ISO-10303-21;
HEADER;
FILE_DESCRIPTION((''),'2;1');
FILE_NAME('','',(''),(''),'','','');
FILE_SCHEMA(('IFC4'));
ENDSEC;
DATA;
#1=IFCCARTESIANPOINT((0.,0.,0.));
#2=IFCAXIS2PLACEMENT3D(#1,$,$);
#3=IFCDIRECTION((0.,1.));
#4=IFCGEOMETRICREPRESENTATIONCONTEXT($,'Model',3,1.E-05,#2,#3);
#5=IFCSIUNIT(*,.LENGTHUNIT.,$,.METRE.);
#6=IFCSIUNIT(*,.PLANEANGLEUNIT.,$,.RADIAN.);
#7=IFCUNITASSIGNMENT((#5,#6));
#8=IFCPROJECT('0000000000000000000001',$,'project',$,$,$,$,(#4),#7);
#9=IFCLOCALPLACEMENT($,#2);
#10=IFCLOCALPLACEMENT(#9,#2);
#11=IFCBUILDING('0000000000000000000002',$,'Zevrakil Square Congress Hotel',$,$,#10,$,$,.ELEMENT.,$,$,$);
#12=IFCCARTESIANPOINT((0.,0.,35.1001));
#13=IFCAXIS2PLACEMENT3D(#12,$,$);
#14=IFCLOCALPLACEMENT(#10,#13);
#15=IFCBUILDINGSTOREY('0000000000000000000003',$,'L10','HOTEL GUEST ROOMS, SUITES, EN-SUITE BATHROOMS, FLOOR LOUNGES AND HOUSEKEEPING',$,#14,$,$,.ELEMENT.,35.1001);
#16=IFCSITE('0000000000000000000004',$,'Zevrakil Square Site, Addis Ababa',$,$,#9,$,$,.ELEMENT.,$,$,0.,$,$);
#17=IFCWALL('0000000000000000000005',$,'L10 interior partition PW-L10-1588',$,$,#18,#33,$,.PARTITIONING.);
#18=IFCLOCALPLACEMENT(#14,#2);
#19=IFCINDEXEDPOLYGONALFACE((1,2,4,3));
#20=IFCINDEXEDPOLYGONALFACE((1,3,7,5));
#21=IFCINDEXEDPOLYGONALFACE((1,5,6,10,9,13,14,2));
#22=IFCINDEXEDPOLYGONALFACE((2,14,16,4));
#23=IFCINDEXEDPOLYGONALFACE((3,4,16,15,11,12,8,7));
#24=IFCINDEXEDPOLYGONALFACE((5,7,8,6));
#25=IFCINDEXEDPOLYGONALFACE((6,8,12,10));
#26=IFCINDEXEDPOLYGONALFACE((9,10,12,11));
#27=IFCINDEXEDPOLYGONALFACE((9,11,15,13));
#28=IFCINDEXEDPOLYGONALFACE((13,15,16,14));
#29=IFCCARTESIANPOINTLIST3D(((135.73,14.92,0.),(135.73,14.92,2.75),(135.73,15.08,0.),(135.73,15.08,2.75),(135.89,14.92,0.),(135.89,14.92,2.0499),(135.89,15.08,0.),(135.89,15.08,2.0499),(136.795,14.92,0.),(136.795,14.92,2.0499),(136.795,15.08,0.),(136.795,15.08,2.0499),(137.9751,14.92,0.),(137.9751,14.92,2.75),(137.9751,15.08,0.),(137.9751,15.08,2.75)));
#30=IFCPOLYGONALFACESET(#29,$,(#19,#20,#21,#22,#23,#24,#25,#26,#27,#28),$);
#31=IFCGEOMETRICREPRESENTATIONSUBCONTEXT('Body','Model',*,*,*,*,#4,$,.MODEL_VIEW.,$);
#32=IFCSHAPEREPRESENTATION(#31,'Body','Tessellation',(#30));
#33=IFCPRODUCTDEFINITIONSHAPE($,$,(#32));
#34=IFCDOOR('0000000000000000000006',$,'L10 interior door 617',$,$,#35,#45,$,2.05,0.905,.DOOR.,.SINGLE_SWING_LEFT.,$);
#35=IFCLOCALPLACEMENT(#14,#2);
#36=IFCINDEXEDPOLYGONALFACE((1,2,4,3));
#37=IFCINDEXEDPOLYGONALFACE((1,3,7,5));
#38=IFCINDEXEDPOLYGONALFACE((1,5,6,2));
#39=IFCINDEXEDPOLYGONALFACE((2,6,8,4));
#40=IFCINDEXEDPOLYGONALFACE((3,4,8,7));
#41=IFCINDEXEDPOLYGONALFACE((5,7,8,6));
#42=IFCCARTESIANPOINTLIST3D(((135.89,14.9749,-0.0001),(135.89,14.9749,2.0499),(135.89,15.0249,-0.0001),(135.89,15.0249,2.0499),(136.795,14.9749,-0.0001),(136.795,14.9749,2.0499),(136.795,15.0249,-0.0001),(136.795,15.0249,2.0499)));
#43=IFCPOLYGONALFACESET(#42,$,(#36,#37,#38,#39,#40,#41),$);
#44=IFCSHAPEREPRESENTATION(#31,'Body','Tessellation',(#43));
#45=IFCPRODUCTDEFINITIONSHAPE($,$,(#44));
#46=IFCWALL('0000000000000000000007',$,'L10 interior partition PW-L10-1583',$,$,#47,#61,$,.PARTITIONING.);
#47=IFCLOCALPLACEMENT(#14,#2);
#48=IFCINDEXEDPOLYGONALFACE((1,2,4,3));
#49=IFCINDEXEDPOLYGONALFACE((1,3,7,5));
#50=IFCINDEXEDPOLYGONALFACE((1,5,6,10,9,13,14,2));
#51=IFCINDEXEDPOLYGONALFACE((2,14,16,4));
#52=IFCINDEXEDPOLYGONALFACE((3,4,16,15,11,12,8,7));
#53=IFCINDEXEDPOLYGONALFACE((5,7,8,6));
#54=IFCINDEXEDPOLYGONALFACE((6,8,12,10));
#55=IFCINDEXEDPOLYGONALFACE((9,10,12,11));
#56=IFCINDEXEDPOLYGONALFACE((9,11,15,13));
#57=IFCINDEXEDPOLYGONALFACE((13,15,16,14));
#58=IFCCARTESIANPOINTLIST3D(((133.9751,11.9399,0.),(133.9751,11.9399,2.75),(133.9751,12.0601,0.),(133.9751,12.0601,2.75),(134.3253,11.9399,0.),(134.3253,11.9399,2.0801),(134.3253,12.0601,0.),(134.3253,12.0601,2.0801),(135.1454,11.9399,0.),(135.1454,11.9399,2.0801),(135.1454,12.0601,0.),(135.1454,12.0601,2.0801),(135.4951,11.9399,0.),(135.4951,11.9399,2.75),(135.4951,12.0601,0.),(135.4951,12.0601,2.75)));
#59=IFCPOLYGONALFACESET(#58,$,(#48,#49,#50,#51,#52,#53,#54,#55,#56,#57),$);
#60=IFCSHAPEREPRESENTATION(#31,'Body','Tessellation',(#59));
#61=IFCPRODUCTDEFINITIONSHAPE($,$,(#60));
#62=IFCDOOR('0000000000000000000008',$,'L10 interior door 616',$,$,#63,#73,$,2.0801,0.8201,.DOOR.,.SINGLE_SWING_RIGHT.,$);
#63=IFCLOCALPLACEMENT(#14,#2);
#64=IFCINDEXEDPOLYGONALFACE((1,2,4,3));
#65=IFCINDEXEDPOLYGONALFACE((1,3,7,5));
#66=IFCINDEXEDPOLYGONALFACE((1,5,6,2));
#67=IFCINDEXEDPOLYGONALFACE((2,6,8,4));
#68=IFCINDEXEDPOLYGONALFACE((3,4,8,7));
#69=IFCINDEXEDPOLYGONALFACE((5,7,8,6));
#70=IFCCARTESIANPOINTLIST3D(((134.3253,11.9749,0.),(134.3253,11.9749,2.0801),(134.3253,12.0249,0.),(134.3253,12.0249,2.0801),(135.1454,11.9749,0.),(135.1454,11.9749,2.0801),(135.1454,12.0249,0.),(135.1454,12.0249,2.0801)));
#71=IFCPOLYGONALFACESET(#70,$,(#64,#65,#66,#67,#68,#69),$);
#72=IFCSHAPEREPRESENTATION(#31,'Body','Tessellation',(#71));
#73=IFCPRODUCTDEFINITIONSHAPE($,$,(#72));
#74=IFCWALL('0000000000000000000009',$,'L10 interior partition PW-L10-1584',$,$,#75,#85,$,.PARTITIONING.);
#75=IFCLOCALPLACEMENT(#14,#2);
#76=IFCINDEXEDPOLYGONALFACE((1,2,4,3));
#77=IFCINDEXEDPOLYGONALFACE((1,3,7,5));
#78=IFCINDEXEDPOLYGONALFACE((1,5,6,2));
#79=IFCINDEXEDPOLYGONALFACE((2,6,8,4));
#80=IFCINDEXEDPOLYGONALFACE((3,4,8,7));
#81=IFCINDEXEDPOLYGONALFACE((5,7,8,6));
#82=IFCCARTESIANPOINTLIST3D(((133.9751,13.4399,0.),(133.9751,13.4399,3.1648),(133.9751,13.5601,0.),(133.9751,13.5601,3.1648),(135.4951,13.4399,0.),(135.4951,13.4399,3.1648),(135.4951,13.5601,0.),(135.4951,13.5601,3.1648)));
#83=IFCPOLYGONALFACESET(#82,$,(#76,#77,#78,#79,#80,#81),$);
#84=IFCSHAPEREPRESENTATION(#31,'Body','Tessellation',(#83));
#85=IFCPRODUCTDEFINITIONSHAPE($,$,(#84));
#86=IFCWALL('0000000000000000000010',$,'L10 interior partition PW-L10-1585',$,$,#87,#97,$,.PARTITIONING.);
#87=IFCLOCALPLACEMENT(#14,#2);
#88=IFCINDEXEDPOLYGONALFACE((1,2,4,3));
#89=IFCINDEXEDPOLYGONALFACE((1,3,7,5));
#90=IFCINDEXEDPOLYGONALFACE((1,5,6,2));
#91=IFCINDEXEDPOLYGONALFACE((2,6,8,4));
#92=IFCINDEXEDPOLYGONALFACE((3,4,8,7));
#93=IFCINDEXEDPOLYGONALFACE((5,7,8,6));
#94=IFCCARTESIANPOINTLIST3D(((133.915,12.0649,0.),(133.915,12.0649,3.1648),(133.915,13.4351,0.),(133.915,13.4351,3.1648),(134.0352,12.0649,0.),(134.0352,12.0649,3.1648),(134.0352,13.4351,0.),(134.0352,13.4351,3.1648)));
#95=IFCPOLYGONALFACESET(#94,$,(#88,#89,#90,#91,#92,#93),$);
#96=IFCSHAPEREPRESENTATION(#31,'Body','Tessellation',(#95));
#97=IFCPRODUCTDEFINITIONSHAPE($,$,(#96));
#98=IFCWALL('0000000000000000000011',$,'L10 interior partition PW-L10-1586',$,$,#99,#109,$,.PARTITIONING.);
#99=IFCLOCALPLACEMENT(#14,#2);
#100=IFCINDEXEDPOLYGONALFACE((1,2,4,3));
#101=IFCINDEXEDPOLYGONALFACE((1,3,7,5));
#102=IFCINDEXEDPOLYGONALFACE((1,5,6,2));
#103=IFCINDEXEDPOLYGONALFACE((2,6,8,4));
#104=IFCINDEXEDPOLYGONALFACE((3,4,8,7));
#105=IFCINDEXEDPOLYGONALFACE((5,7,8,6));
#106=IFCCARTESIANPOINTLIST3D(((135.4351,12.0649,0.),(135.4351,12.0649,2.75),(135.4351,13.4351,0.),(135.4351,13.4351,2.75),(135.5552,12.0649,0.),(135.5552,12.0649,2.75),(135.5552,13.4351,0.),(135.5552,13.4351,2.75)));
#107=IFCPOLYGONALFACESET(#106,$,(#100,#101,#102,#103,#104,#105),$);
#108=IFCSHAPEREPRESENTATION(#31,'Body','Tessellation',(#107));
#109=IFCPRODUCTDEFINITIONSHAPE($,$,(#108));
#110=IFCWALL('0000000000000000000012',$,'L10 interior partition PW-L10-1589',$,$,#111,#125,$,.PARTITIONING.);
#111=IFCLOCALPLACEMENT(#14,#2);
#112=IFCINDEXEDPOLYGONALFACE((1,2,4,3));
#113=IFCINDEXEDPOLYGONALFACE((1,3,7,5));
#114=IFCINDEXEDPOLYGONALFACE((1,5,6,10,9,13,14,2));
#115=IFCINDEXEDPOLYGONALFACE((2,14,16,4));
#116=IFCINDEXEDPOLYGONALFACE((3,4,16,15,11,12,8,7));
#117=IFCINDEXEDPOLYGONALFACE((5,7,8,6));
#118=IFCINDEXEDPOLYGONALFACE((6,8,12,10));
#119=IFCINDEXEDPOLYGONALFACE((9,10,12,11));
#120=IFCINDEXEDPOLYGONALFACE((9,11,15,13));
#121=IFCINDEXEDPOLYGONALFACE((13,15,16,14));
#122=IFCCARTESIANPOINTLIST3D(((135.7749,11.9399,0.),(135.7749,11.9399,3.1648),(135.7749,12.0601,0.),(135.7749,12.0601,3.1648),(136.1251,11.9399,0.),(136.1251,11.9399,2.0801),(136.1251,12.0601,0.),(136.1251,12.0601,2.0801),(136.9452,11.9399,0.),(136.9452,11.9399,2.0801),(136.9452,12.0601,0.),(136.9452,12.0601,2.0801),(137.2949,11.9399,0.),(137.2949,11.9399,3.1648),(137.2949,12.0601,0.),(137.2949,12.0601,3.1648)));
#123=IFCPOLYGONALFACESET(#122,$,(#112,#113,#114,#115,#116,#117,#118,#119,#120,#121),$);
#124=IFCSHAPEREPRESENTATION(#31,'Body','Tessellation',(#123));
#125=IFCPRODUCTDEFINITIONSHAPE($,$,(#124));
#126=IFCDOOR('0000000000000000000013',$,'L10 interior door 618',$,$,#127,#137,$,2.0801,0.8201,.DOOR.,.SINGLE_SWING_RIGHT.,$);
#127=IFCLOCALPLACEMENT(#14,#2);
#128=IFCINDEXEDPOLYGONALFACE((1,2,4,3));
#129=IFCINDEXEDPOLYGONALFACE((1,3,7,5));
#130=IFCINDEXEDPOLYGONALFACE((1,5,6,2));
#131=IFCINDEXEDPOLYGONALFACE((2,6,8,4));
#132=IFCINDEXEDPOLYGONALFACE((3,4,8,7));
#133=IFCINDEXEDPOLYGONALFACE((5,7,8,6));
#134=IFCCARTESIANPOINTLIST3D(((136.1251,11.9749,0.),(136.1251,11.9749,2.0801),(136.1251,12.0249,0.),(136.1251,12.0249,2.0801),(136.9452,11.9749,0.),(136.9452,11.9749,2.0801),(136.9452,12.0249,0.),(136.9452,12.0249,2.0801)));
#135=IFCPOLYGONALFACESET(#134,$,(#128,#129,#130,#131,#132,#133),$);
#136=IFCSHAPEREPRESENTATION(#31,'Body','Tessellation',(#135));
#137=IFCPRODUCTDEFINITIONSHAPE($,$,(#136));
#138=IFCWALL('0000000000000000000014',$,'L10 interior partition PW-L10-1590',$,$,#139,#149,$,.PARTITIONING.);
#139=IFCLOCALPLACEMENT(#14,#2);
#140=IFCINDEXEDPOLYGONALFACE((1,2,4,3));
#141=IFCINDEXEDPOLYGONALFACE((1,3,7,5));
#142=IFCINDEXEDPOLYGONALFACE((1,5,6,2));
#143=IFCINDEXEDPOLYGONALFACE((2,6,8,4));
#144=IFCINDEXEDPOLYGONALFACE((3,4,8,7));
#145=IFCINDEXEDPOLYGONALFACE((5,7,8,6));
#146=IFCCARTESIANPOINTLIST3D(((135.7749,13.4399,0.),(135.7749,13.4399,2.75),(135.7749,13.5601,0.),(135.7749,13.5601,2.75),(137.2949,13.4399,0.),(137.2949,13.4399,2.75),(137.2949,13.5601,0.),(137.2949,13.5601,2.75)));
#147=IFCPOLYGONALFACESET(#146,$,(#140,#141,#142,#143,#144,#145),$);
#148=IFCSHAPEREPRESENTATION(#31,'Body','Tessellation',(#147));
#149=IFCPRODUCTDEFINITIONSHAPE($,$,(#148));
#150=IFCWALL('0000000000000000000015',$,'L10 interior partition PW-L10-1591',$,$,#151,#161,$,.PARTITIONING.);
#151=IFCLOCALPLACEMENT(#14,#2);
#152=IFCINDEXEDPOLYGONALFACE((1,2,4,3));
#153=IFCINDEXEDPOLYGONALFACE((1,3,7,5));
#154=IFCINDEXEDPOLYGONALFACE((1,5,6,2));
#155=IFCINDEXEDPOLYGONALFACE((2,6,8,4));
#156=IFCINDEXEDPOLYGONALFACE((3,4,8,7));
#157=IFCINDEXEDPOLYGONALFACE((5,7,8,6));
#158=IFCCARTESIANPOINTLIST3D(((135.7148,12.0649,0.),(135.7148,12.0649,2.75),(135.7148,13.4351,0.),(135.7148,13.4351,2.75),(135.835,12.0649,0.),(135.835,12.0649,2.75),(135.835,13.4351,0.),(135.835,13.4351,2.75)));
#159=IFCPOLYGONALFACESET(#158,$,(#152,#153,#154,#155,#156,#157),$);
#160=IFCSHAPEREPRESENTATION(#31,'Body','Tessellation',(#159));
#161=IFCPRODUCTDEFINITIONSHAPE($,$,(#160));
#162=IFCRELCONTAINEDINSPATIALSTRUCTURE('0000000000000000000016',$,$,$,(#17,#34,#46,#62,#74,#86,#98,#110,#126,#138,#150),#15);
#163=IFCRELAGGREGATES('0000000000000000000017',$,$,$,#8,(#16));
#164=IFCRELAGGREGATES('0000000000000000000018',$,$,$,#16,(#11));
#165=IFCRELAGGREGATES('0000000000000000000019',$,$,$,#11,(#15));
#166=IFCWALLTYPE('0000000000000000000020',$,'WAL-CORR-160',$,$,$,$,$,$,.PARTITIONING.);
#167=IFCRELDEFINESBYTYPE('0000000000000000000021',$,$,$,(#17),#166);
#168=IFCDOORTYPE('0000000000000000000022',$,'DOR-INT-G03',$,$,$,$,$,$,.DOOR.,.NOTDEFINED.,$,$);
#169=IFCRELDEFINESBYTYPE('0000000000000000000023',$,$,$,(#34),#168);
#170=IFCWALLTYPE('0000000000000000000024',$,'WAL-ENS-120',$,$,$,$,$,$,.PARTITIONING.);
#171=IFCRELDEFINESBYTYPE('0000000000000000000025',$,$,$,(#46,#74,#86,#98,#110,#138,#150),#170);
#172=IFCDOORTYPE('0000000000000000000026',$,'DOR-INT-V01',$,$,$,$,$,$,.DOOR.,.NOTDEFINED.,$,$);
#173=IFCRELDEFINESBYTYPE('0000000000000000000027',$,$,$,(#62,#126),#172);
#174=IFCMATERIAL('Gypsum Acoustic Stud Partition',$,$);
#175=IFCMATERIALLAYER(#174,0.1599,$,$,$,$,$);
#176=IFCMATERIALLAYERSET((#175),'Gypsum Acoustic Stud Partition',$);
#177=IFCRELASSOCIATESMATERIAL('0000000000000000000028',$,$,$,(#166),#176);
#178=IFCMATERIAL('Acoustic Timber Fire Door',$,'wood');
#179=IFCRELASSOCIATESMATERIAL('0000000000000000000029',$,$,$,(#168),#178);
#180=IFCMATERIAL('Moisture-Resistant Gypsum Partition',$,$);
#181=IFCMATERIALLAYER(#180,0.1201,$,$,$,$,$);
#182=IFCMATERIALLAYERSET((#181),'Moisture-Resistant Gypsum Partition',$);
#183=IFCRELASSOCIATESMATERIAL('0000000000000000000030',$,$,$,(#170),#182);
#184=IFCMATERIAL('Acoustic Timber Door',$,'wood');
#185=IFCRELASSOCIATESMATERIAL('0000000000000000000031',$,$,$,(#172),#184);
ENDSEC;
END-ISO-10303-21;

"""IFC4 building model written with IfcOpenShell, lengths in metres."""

from ifc_helpers import new_model, si_unit, direction, frame, frame_2d, origin, place, context, subcontext, project, spatial, rectangle, extrude, material, layer, layer_set, type_object, element, fill, save


model = new_model("IFC4")

# Units and contexts
model_context = context("Model", 3, precision=1e-05, world=origin(), true_north=direction((0.0, 1.0)))
body_context = subcontext(model_context, "Body", "Model", "MODEL_VIEW")
ifc_project = project(units=[si_unit("LENGTHUNIT", "METRE"), si_unit("PLANEANGLEUNIT", "RADIAN")], contexts=[model_context])

# Site, building, storey
site_placement = place(None, origin())
site = spatial("IfcSite", under=ifc_project, at=site_placement, Name="Zevrakil Square Site, Addis Ababa", CompositionType="ELEMENT", RefElevation=0.0)
building_placement = place(site_placement, origin())
building = spatial("IfcBuilding", under=site, at=building_placement, Name="Zevrakil Square Congress Hotel", CompositionType="ELEMENT")
storey_placement = place(building_placement, frame((0.0, 0.0, 35.1001)))
storey = spatial("IfcBuildingStorey", under=building, at=storey_placement, Name="L10", Description="HOTEL GUEST ROOMS, SUITES, EN-SUITE BATHROOMS, FLOOR LOUNGES AND HOUSEKEEPING", CompositionType="ELEMENT", Elevation=35.1001)

# Walls, openings, doors
ifc_material_1 = material(Name="Gypsum Acoustic Stud Partition")
ifc_layer_1 = layer(ifc_material_1, 0.1599)
ifc_layer_set_1 = layer_set([ifc_layer_1], Name="Gypsum Acoustic Stud Partition")
wall_type_1 = type_object("IfcWallType", Name="WAL-CORR-160", PredefinedType="PARTITIONING", material=ifc_layer_set_1)
wall_1_placement = place(storey_placement, frame((135.73, 15.0, 0.0), z_axis=(0.0, 0.0, 1.0), x_axis=(1.0, 0.0, 0.0)))
wall_1 = element("IfcWall", 1, at=wall_1_placement, inside=storey, type_object=wall_type_1, Name="L10 interior partition PW-L10-1588", PredefinedType="PARTITIONING", context=body_context, shape_type="SweptSolid", body=[
    extrude(rectangle(XDim=2.2451, YDim=0.1599, at=frame_2d((1.1226, 0.0))), origin(), (0.0, 0.0, 1.0), 2.75),
])
opening_1_placement = place(wall_1_placement, frame((0.1599, 0.0, 0.0)))
opening_1 = element("IfcOpeningElement", 2, at=opening_1_placement, cuts=wall_1, PredefinedType="OPENING", context=body_context, shape_type="SweptSolid", body=[
    extrude(rectangle(XDim=0.905, YDim=2.05, at=frame_2d((0.4526, 1.0249))), frame((0.0, 0.0898, 0.0), z_axis=(0.0, -1.0, 0.0), x_axis=(1.0, 0.0, 0.0)), (0.0, 0.0, 1.0), 0.1799),
])
ifc_material_2 = material(Name="Acoustic Timber Fire Door", Category="wood")
door_type_1 = type_object("IfcDoorType", Name="DOR-INT-G03", OperationType="NOTDEFINED", PredefinedType="DOOR", material=ifc_material_2)
door_1_placement = place(opening_1_placement, origin())
door_1 = element("IfcDoor", 3, at=door_1_placement, inside=storey, type_object=door_type_1, Name="L10 interior door 617", OperationType="SINGLE_SWING_LEFT", OverallHeight=2.05, OverallWidth=0.905, PredefinedType="DOOR", context=body_context, shape_type="SweptSolid", body=[
    extrude(rectangle(XDim=0.905, YDim=2.05, at=frame_2d((0.4526, 1.0249))), frame((0.0, 0.0249, 0.0), z_axis=(0.0, -1.0, 0.0), x_axis=(1.0, 0.0, 0.0)), (0.0, 0.0, 1.0), 0.05),
])
fill(opening_1, door_1)
ifc_material_3 = material(Name="Moisture-Resistant Gypsum Partition")
ifc_layer_2 = layer(ifc_material_3, 0.1201)
ifc_layer_set_2 = layer_set([ifc_layer_2], Name="Moisture-Resistant Gypsum Partition")
wall_type_2 = type_object("IfcWallType", Name="WAL-ENS-120", PredefinedType="PARTITIONING", material=ifc_layer_set_2)
wall_2_placement = place(storey_placement, frame((133.9751, 12.0, 0.0), z_axis=(0.0, 0.0, 1.0), x_axis=(1.0, 0.0, 0.0)))
wall_2 = element("IfcWall", 4, at=wall_2_placement, inside=storey, type_object=wall_type_2, Name="L10 interior partition PW-L10-1583", PredefinedType="PARTITIONING", context=body_context, shape_type="SweptSolid", body=[
    extrude(rectangle(XDim=1.52, YDim=0.1201, at=frame_2d((0.76, 0.0))), origin(), (0.0, 0.0, 1.0), 2.75),
])
opening_2_placement = place(wall_2_placement, frame((0.3501, 0.0, 0.0)))
opening_2 = element("IfcOpeningElement", 5, at=opening_2_placement, cuts=wall_2, PredefinedType="OPENING", context=body_context, shape_type="SweptSolid", body=[
    extrude(rectangle(XDim=0.8201, YDim=2.0801, at=frame_2d((0.4102, 1.04))), frame((0.0, 0.0701, 0.0), z_axis=(0.0, -1.0, 0.0), x_axis=(1.0, 0.0, 0.0)), (0.0, 0.0, 1.0), 0.1401),
])
ifc_material_4 = material(Name="Acoustic Timber Door", Category="wood")
door_type_2 = type_object("IfcDoorType", Name="DOR-INT-V01", OperationType="NOTDEFINED", PredefinedType="DOOR", material=ifc_material_4)
door_2_placement = place(opening_2_placement, origin())
door_2 = element("IfcDoor", 6, at=door_2_placement, inside=storey, type_object=door_type_2, Name="L10 interior door 616", OperationType="SINGLE_SWING_RIGHT", OverallHeight=2.0801, OverallWidth=0.8201, PredefinedType="DOOR", context=body_context, shape_type="SweptSolid", body=[
    extrude(rectangle(XDim=0.8201, YDim=2.0801, at=frame_2d((0.4102, 1.04))), frame((0.0, 0.0249, 0.0), z_axis=(0.0, -1.0, 0.0), x_axis=(1.0, 0.0, 0.0)), (0.0, 0.0, 1.0), 0.05),
])
fill(opening_2, door_2)

# Walls
wall_3_placement = place(storey_placement, frame((133.9751, 13.5, 0.0), z_axis=(0.0, 0.0, 1.0), x_axis=(1.0, 0.0, 0.0)))
element("IfcWall", 7, at=wall_3_placement, inside=storey, type_object=wall_type_2, Name="L10 interior partition PW-L10-1584", PredefinedType="PARTITIONING", context=body_context, shape_type="SweptSolid", body=[
    extrude(rectangle(XDim=1.52, YDim=0.1201, at=frame_2d((0.76, 0.0))), origin(), (0.0, 0.0, 1.0), 3.1648),
])
wall_4_placement = place(storey_placement, frame((133.9751, 12.0649, 0.0), z_axis=(0.0, 0.0, 1.0), x_axis=(0.0, 1.0, 0.0)))
element("IfcWall", 8, at=wall_4_placement, inside=storey, type_object=wall_type_2, Name="L10 interior partition PW-L10-1585", PredefinedType="PARTITIONING", context=body_context, shape_type="SweptSolid", body=[
    extrude(rectangle(XDim=1.3701, YDim=0.1201, at=frame_2d((0.6851, 0.0))), origin(), (0.0, 0.0, 1.0), 3.1648),
])
wall_5_placement = place(storey_placement, frame((135.4951, 12.0649, 0.0), z_axis=(0.0, 0.0, 1.0), x_axis=(0.0, 1.0, 0.0)))
element("IfcWall", 9, at=wall_5_placement, inside=storey, type_object=wall_type_2, Name="L10 interior partition PW-L10-1586", PredefinedType="PARTITIONING", context=body_context, shape_type="SweptSolid", body=[
    extrude(rectangle(XDim=1.3701, YDim=0.1201, at=frame_2d((0.6851, 0.0))), origin(), (0.0, 0.0, 1.0), 2.75),
])

# Wall, opening, door
wall_6_placement = place(storey_placement, frame((135.7749, 12.0, 0.0), z_axis=(0.0, 0.0, 1.0), x_axis=(1.0, 0.0, 0.0)))
wall_6 = element("IfcWall", 10, at=wall_6_placement, inside=storey, type_object=wall_type_2, Name="L10 interior partition PW-L10-1589", PredefinedType="PARTITIONING", context=body_context, shape_type="SweptSolid", body=[
    extrude(rectangle(XDim=1.52, YDim=0.1201, at=frame_2d((0.76, 0.0))), origin(), (0.0, 0.0, 1.0), 3.1648),
])
opening_3_placement = place(wall_6_placement, frame((0.3501, 0.0, 0.0)))
opening_3 = element("IfcOpeningElement", 11, at=opening_3_placement, cuts=wall_6, PredefinedType="OPENING", context=body_context, shape_type="SweptSolid", body=[
    extrude(rectangle(XDim=0.8201, YDim=2.0801, at=frame_2d((0.4102, 1.04))), frame((0.0, 0.0701, 0.0), z_axis=(0.0, -1.0, 0.0), x_axis=(1.0, 0.0, 0.0)), (0.0, 0.0, 1.0), 0.1401),
])
door_3_placement = place(opening_3_placement, origin())
door_3 = element("IfcDoor", 12, at=door_3_placement, inside=storey, type_object=door_type_2, Name="L10 interior door 618", OperationType="SINGLE_SWING_RIGHT", OverallHeight=2.0801, OverallWidth=0.8201, PredefinedType="DOOR", context=body_context, shape_type="SweptSolid", body=[
    extrude(rectangle(XDim=0.8201, YDim=2.0801, at=frame_2d((0.4102, 1.04))), frame((0.0, 0.0249, 0.0), z_axis=(0.0, -1.0, 0.0), x_axis=(1.0, 0.0, 0.0)), (0.0, 0.0, 1.0), 0.05),
])
fill(opening_3, door_3)

# Walls
wall_7_placement = place(storey_placement, frame((135.7749, 13.5, 0.0), z_axis=(0.0, 0.0, 1.0), x_axis=(1.0, 0.0, 0.0)))
element("IfcWall", 13, at=wall_7_placement, inside=storey, type_object=wall_type_2, Name="L10 interior partition PW-L10-1590", PredefinedType="PARTITIONING", context=body_context, shape_type="SweptSolid", body=[
    extrude(rectangle(XDim=1.52, YDim=0.1201, at=frame_2d((0.76, 0.0))), origin(), (0.0, 0.0, 1.0), 2.75),
])
wall_8_placement = place(storey_placement, frame((135.7749, 12.0649, 0.0), z_axis=(0.0, 0.0, 1.0), x_axis=(0.0, 1.0, 0.0)))
element("IfcWall", 14, at=wall_8_placement, inside=storey, type_object=wall_type_2, Name="L10 interior partition PW-L10-1591", PredefinedType="PARTITIONING", context=body_context, shape_type="SweptSolid", body=[
    extrude(rectangle(XDim=1.3701, YDim=0.1201, at=frame_2d((0.6851, 0.0))), origin(), (0.0, 0.0, 1.0), 2.75),
])

save(model, "model.ifc")
